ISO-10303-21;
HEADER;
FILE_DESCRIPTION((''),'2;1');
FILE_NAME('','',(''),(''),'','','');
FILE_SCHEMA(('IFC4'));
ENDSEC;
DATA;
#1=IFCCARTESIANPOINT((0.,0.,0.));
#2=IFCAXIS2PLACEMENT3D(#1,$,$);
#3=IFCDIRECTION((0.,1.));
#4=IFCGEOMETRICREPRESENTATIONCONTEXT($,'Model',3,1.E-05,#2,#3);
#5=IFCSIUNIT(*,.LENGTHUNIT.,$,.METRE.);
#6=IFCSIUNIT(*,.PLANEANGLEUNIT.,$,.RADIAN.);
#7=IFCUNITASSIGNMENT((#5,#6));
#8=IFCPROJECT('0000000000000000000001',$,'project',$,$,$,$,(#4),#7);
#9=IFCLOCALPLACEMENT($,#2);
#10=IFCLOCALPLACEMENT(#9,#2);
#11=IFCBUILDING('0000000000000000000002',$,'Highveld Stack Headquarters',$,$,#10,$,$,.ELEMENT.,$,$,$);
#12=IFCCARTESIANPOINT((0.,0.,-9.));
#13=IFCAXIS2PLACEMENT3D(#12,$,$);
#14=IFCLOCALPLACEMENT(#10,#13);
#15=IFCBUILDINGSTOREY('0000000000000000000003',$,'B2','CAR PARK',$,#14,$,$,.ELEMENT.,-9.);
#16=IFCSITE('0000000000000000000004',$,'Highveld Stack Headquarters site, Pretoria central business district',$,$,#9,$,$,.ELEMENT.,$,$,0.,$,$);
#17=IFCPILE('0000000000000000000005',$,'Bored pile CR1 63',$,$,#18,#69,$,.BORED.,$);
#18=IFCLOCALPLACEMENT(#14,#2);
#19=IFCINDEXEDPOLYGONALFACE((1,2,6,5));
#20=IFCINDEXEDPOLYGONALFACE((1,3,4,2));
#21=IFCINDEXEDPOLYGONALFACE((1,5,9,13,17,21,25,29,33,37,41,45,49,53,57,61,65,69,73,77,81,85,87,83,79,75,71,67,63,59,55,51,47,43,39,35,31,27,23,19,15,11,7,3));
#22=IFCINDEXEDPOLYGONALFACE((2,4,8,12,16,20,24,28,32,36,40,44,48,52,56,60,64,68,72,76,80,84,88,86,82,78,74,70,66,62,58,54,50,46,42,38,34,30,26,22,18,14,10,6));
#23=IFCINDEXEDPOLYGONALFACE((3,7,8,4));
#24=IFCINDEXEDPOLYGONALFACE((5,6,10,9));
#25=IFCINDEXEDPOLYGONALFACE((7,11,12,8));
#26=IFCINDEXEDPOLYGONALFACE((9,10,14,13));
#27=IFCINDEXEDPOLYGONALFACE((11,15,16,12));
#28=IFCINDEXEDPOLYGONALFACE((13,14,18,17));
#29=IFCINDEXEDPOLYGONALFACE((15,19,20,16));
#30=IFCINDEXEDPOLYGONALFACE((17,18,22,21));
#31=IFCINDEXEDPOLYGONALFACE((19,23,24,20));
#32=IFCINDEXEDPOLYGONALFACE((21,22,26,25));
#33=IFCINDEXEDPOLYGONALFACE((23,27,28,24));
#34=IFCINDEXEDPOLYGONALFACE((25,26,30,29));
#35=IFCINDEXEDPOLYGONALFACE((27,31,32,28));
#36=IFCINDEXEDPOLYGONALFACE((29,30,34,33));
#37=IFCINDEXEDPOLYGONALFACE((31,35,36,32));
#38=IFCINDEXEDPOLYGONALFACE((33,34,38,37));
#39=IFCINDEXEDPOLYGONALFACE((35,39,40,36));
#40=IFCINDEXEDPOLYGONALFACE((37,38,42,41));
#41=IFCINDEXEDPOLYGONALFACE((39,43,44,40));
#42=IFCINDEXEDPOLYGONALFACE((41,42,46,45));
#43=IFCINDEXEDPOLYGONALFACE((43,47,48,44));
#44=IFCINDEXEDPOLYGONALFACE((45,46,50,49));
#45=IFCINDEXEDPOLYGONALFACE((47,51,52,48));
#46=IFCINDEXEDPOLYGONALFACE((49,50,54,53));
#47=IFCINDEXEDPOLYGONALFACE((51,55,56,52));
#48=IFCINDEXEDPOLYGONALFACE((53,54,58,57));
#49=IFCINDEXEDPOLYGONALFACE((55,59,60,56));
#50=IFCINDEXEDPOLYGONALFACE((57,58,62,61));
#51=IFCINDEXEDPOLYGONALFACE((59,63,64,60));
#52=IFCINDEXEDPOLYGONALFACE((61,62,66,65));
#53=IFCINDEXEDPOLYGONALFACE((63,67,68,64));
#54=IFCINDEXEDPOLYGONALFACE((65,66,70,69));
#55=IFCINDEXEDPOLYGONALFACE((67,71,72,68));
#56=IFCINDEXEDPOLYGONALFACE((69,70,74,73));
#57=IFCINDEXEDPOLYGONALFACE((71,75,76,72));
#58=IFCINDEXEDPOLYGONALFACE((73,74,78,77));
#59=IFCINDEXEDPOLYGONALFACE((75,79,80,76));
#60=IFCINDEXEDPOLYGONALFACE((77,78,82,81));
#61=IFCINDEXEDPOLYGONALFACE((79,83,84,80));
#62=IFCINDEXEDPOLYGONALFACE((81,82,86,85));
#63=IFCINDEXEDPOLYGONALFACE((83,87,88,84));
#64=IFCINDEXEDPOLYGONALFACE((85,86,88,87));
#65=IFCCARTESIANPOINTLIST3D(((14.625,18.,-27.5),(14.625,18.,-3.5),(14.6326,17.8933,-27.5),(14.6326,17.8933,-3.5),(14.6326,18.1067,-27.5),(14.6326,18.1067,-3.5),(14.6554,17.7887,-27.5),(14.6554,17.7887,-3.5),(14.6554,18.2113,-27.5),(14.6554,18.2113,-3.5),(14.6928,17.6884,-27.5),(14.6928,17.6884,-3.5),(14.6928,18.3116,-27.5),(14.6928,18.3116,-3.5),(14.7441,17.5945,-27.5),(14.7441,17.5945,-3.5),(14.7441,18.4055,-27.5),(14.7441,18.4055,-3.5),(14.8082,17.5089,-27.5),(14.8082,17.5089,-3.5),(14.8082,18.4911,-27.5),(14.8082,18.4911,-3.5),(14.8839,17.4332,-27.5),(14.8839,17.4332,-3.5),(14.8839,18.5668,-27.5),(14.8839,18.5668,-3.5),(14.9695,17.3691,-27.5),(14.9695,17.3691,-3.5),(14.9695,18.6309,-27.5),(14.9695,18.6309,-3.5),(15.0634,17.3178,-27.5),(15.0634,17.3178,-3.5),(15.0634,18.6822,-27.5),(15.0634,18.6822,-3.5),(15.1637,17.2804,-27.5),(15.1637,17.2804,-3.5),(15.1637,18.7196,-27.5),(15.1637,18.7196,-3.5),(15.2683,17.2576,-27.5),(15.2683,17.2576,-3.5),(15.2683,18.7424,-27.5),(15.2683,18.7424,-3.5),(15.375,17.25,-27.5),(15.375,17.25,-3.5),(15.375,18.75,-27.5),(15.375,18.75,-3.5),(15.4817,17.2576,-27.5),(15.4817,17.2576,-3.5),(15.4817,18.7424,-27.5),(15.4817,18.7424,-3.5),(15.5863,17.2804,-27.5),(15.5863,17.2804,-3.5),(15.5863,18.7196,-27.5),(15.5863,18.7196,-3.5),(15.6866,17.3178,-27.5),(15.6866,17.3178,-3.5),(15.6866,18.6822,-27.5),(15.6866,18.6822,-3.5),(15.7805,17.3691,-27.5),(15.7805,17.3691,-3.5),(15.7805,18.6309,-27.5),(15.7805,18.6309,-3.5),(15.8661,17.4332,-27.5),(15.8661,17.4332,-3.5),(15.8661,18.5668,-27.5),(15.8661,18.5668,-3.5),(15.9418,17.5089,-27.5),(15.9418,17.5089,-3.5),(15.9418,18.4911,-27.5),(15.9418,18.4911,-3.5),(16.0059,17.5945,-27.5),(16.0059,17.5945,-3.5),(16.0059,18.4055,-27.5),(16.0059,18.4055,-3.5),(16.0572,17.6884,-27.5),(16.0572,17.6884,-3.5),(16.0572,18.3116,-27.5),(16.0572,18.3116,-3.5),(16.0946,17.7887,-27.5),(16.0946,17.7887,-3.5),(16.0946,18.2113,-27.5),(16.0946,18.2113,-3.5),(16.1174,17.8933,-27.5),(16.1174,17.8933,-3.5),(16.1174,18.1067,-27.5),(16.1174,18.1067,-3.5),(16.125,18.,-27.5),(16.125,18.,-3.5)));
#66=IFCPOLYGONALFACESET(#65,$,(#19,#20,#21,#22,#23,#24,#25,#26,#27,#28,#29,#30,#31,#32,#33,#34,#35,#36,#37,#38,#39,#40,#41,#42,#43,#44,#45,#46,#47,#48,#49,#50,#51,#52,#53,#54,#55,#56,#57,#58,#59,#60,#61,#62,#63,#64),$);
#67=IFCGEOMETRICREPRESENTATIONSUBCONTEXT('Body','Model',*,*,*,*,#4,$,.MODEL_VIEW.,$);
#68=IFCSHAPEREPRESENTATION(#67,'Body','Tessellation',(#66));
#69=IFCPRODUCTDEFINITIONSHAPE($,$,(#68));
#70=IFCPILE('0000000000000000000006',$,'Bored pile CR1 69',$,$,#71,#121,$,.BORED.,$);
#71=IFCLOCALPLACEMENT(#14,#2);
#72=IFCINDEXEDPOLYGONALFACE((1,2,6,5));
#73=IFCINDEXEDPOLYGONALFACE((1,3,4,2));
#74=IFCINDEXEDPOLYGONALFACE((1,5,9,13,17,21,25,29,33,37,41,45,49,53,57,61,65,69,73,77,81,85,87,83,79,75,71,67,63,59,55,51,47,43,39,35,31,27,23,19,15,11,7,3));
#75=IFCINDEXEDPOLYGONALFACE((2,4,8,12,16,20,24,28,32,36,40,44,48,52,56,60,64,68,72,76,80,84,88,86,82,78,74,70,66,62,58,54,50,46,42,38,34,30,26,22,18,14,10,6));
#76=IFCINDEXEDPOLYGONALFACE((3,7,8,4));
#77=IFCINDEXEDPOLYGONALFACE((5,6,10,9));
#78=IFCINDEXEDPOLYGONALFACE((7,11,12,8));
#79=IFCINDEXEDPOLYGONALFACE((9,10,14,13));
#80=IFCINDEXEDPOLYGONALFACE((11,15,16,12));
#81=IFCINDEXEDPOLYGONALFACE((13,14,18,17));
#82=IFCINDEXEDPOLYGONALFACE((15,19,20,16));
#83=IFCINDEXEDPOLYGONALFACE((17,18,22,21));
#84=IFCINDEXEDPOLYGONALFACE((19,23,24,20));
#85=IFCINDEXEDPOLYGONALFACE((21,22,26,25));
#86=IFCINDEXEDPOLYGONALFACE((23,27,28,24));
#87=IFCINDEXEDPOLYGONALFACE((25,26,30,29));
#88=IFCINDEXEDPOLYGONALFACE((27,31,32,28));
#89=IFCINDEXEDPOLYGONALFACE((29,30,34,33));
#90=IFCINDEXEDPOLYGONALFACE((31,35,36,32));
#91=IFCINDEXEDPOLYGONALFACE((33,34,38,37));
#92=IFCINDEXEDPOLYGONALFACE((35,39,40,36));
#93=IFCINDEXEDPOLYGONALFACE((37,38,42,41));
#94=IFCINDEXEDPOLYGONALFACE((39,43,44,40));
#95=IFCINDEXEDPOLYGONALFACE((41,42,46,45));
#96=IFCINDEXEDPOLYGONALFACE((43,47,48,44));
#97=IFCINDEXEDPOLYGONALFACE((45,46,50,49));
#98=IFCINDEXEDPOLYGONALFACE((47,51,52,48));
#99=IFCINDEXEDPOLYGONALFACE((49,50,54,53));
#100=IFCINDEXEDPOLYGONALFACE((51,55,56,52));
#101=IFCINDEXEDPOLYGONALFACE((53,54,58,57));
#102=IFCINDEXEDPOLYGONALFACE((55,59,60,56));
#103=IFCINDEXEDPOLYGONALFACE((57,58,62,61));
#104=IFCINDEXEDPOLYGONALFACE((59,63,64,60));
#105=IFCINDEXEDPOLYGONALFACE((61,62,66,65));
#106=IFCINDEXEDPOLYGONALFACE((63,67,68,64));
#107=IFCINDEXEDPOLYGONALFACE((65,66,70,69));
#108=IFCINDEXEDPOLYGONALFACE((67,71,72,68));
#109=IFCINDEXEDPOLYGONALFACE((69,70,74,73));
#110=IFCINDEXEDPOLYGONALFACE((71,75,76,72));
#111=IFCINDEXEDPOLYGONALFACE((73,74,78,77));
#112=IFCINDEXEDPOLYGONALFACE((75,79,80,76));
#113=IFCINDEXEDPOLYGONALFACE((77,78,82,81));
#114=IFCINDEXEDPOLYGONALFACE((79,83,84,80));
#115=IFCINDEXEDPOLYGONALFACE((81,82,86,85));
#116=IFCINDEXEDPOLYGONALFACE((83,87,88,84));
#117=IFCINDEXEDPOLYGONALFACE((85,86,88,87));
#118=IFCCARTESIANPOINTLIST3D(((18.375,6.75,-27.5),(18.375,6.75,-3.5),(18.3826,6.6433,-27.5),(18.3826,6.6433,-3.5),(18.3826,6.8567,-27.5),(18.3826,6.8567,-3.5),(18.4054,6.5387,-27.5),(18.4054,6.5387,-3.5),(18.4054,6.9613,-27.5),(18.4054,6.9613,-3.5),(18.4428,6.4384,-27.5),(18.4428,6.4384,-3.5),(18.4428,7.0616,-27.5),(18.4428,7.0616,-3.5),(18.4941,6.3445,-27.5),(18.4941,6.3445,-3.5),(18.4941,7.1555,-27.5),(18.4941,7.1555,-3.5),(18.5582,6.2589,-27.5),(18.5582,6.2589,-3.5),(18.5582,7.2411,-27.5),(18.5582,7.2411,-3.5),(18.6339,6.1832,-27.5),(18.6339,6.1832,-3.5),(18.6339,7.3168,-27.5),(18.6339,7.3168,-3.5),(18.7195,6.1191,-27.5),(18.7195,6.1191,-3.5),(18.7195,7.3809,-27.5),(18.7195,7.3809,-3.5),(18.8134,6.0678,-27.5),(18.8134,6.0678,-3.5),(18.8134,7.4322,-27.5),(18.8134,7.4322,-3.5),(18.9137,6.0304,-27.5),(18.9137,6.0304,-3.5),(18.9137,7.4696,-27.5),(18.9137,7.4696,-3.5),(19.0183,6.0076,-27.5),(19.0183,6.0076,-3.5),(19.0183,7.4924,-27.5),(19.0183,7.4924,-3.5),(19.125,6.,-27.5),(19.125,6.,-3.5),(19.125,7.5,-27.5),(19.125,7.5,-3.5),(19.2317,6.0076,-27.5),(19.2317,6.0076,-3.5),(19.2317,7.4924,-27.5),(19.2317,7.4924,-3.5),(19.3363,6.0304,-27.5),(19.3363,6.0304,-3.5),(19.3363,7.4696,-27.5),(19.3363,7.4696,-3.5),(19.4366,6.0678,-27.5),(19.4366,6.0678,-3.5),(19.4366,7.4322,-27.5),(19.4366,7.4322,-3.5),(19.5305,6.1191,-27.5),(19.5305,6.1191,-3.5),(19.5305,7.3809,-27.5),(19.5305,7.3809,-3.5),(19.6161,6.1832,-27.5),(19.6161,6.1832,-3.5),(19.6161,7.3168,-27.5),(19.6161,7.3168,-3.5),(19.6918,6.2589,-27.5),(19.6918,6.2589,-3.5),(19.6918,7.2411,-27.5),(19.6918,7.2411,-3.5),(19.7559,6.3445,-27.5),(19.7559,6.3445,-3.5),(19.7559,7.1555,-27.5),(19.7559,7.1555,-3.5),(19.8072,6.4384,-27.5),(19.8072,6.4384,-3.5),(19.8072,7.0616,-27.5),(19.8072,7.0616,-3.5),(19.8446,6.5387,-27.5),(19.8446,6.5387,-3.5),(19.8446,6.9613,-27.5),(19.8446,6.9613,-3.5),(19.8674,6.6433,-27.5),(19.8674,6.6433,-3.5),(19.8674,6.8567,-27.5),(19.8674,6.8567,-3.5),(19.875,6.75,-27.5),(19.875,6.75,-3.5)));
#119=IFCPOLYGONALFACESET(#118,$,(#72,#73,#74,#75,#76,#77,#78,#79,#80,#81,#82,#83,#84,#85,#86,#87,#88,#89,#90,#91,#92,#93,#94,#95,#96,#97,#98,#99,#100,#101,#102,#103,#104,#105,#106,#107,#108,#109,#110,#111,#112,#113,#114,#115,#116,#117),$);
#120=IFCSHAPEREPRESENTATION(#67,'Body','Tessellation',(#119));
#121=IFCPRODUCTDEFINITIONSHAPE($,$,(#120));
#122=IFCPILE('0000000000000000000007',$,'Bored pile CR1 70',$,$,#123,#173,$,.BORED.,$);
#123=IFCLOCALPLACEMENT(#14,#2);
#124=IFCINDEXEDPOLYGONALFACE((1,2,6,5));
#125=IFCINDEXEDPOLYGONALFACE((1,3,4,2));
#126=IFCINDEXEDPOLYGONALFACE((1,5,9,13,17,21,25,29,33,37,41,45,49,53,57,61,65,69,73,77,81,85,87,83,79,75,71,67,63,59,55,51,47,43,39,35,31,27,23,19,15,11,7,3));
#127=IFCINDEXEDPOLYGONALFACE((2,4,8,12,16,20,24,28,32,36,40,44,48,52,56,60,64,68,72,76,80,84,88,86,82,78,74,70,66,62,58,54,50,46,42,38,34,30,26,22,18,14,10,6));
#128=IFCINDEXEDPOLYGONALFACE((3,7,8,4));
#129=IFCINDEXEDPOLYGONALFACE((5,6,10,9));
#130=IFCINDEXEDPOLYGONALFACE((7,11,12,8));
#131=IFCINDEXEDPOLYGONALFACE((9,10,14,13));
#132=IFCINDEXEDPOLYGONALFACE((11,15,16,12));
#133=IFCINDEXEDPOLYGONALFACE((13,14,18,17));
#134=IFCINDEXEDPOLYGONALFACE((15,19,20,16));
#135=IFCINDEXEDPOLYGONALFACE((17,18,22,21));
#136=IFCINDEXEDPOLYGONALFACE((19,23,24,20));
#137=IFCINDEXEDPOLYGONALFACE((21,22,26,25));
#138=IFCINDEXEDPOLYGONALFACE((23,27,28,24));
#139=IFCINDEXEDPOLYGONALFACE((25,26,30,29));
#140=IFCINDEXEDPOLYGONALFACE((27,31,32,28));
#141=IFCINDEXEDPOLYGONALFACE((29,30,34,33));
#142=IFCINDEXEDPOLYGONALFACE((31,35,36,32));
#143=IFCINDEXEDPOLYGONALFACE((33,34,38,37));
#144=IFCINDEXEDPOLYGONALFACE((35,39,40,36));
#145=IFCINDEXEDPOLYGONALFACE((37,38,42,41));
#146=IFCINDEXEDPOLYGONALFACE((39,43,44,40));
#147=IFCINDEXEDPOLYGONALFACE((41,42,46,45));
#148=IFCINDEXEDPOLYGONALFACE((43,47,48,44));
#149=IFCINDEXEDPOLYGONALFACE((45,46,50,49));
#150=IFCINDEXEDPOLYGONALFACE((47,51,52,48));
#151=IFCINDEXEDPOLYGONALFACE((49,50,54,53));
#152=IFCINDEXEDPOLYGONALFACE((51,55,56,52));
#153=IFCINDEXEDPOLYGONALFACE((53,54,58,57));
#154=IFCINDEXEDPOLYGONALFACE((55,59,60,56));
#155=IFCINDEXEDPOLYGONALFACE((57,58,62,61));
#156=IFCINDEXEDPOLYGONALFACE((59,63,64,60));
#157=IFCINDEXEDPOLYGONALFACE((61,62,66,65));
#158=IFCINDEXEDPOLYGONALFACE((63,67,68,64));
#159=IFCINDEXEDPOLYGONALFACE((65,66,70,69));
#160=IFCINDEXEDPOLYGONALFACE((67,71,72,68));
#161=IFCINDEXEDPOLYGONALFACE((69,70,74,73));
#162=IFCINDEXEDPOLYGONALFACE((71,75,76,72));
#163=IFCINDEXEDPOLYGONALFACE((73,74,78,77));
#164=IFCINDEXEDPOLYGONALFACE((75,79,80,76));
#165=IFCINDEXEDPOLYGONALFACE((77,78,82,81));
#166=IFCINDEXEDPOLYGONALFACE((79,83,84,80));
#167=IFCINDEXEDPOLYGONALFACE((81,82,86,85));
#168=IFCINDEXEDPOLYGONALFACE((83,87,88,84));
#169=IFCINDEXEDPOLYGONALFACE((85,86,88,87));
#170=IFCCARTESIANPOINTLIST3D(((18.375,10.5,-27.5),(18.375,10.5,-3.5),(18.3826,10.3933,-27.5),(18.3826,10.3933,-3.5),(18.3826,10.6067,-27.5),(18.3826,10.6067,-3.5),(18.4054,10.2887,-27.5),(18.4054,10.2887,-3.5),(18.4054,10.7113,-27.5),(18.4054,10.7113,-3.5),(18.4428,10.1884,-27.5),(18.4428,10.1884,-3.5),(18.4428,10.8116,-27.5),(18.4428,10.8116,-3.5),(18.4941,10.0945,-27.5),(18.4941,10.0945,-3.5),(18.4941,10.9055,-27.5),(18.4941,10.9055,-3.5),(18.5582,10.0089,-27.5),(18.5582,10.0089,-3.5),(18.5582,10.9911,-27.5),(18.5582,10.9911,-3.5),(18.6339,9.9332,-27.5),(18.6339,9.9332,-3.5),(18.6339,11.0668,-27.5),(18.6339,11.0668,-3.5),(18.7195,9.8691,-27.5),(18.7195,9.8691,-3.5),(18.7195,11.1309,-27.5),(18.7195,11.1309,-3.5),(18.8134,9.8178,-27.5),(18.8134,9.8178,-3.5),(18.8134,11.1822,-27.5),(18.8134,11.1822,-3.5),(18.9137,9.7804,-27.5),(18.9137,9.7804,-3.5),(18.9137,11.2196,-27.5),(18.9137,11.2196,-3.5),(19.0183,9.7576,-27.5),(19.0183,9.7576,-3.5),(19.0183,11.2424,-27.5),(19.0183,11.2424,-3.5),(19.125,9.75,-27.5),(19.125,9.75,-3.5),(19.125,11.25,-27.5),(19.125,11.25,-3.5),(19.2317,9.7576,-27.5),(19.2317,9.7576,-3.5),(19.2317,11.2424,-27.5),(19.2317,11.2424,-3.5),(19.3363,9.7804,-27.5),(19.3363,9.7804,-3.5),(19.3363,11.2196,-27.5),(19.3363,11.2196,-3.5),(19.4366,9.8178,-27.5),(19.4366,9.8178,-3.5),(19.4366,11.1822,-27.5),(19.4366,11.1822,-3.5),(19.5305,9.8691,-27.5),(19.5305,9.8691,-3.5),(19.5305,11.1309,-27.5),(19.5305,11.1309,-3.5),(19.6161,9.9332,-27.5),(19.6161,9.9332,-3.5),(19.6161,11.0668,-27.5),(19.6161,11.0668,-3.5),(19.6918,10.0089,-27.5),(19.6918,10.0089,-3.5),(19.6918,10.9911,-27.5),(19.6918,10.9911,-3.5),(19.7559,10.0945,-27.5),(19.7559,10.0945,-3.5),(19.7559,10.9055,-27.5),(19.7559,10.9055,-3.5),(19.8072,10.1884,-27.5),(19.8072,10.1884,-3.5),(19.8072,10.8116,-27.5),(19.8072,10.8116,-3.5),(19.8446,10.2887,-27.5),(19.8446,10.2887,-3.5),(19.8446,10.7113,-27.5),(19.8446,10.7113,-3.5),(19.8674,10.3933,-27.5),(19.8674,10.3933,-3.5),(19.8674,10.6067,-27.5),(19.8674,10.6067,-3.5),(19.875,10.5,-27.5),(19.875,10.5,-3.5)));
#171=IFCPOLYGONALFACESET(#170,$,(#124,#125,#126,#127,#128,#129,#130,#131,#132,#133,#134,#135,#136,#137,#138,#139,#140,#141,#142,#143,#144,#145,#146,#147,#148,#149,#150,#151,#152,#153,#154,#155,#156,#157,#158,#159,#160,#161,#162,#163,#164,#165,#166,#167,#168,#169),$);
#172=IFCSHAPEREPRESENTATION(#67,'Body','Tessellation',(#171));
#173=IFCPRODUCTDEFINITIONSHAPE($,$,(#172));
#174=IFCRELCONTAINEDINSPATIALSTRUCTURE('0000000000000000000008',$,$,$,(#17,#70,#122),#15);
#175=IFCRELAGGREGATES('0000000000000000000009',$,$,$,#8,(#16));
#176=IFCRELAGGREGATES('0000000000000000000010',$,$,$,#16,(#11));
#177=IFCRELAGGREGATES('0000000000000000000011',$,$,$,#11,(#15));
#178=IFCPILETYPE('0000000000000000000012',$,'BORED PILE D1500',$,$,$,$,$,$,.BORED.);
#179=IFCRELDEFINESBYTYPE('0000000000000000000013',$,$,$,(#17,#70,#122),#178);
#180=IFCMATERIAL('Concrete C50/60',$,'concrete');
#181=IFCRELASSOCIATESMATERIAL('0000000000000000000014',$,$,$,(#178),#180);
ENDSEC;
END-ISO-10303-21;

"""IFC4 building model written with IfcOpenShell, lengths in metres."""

from ifc_helpers import new_model, si_unit, direction, frame, origin, origin_2d, place, context, subcontext, project, spatial, circle, extrude, material, type_object, element, save


model = new_model("IFC4")

# Units and contexts
model_context = context("Model", 3, precision=1e-05, world=origin(), true_north=direction((0.0, 1.0)))
body_context = subcontext(model_context, "Body", "Model", "MODEL_VIEW")
ifc_project = project(units=[si_unit("LENGTHUNIT", "METRE"), si_unit("PLANEANGLEUNIT", "RADIAN")], contexts=[model_context])

# Site, building, storey
site_placement = place(None, origin())
site = spatial("IfcSite", under=ifc_project, at=site_placement, Name="Highveld Stack Headquarters site, Pretoria central business district", CompositionType="ELEMENT", RefElevation=0.0)
building_placement = place(site_placement, origin())
building = spatial("IfcBuilding", under=site, at=building_placement, Name="Highveld Stack Headquarters", CompositionType="ELEMENT")
storey_placement = place(building_placement, frame((0.0, 0.0, -9.0)))
storey = spatial("IfcBuildingStorey", under=building, at=storey_placement, Name="B2", Description="CAR PARK", CompositionType="ELEMENT", Elevation=-9.0)

# Piles
ifc_material_1 = material(Name="Concrete C50/60", Category="concrete")
pile_type_1 = type_object("IfcPileType", Name="BORED PILE D1500", PredefinedType="BORED", material=ifc_material_1)
for number, where, z_axis, x_axis, name in (
    (1, (15.375, 18.0, -3.5), (0.0, 0.0, -1.0), (1.0, 0.0, 0.0), "Bored pile CR1 63"),
    (2, (19.125, 6.75, -3.5), (0.0, 0.0, -1.0), (1.0, 0.0, 0.0), "Bored pile CR1 69"),
    (3, (19.125, 10.5, -3.5), (0.0, 0.0, -1.0), (1.0, 0.0, 0.0), "Bored pile CR1 70"),
):
    element("IfcPile", number, at=place(storey_placement, frame(where, z_axis=z_axis, x_axis=x_axis)), inside=storey, type_object=pile_type_1, Name=name, PredefinedType="BORED", context=body_context, shape_type="SweptSolid", body=[
        extrude(circle(Radius=0.75, at=origin_2d()), origin(), (0.0, 0.0, 1.0), 24.0),
    ])

save(model, "model.ifc")
